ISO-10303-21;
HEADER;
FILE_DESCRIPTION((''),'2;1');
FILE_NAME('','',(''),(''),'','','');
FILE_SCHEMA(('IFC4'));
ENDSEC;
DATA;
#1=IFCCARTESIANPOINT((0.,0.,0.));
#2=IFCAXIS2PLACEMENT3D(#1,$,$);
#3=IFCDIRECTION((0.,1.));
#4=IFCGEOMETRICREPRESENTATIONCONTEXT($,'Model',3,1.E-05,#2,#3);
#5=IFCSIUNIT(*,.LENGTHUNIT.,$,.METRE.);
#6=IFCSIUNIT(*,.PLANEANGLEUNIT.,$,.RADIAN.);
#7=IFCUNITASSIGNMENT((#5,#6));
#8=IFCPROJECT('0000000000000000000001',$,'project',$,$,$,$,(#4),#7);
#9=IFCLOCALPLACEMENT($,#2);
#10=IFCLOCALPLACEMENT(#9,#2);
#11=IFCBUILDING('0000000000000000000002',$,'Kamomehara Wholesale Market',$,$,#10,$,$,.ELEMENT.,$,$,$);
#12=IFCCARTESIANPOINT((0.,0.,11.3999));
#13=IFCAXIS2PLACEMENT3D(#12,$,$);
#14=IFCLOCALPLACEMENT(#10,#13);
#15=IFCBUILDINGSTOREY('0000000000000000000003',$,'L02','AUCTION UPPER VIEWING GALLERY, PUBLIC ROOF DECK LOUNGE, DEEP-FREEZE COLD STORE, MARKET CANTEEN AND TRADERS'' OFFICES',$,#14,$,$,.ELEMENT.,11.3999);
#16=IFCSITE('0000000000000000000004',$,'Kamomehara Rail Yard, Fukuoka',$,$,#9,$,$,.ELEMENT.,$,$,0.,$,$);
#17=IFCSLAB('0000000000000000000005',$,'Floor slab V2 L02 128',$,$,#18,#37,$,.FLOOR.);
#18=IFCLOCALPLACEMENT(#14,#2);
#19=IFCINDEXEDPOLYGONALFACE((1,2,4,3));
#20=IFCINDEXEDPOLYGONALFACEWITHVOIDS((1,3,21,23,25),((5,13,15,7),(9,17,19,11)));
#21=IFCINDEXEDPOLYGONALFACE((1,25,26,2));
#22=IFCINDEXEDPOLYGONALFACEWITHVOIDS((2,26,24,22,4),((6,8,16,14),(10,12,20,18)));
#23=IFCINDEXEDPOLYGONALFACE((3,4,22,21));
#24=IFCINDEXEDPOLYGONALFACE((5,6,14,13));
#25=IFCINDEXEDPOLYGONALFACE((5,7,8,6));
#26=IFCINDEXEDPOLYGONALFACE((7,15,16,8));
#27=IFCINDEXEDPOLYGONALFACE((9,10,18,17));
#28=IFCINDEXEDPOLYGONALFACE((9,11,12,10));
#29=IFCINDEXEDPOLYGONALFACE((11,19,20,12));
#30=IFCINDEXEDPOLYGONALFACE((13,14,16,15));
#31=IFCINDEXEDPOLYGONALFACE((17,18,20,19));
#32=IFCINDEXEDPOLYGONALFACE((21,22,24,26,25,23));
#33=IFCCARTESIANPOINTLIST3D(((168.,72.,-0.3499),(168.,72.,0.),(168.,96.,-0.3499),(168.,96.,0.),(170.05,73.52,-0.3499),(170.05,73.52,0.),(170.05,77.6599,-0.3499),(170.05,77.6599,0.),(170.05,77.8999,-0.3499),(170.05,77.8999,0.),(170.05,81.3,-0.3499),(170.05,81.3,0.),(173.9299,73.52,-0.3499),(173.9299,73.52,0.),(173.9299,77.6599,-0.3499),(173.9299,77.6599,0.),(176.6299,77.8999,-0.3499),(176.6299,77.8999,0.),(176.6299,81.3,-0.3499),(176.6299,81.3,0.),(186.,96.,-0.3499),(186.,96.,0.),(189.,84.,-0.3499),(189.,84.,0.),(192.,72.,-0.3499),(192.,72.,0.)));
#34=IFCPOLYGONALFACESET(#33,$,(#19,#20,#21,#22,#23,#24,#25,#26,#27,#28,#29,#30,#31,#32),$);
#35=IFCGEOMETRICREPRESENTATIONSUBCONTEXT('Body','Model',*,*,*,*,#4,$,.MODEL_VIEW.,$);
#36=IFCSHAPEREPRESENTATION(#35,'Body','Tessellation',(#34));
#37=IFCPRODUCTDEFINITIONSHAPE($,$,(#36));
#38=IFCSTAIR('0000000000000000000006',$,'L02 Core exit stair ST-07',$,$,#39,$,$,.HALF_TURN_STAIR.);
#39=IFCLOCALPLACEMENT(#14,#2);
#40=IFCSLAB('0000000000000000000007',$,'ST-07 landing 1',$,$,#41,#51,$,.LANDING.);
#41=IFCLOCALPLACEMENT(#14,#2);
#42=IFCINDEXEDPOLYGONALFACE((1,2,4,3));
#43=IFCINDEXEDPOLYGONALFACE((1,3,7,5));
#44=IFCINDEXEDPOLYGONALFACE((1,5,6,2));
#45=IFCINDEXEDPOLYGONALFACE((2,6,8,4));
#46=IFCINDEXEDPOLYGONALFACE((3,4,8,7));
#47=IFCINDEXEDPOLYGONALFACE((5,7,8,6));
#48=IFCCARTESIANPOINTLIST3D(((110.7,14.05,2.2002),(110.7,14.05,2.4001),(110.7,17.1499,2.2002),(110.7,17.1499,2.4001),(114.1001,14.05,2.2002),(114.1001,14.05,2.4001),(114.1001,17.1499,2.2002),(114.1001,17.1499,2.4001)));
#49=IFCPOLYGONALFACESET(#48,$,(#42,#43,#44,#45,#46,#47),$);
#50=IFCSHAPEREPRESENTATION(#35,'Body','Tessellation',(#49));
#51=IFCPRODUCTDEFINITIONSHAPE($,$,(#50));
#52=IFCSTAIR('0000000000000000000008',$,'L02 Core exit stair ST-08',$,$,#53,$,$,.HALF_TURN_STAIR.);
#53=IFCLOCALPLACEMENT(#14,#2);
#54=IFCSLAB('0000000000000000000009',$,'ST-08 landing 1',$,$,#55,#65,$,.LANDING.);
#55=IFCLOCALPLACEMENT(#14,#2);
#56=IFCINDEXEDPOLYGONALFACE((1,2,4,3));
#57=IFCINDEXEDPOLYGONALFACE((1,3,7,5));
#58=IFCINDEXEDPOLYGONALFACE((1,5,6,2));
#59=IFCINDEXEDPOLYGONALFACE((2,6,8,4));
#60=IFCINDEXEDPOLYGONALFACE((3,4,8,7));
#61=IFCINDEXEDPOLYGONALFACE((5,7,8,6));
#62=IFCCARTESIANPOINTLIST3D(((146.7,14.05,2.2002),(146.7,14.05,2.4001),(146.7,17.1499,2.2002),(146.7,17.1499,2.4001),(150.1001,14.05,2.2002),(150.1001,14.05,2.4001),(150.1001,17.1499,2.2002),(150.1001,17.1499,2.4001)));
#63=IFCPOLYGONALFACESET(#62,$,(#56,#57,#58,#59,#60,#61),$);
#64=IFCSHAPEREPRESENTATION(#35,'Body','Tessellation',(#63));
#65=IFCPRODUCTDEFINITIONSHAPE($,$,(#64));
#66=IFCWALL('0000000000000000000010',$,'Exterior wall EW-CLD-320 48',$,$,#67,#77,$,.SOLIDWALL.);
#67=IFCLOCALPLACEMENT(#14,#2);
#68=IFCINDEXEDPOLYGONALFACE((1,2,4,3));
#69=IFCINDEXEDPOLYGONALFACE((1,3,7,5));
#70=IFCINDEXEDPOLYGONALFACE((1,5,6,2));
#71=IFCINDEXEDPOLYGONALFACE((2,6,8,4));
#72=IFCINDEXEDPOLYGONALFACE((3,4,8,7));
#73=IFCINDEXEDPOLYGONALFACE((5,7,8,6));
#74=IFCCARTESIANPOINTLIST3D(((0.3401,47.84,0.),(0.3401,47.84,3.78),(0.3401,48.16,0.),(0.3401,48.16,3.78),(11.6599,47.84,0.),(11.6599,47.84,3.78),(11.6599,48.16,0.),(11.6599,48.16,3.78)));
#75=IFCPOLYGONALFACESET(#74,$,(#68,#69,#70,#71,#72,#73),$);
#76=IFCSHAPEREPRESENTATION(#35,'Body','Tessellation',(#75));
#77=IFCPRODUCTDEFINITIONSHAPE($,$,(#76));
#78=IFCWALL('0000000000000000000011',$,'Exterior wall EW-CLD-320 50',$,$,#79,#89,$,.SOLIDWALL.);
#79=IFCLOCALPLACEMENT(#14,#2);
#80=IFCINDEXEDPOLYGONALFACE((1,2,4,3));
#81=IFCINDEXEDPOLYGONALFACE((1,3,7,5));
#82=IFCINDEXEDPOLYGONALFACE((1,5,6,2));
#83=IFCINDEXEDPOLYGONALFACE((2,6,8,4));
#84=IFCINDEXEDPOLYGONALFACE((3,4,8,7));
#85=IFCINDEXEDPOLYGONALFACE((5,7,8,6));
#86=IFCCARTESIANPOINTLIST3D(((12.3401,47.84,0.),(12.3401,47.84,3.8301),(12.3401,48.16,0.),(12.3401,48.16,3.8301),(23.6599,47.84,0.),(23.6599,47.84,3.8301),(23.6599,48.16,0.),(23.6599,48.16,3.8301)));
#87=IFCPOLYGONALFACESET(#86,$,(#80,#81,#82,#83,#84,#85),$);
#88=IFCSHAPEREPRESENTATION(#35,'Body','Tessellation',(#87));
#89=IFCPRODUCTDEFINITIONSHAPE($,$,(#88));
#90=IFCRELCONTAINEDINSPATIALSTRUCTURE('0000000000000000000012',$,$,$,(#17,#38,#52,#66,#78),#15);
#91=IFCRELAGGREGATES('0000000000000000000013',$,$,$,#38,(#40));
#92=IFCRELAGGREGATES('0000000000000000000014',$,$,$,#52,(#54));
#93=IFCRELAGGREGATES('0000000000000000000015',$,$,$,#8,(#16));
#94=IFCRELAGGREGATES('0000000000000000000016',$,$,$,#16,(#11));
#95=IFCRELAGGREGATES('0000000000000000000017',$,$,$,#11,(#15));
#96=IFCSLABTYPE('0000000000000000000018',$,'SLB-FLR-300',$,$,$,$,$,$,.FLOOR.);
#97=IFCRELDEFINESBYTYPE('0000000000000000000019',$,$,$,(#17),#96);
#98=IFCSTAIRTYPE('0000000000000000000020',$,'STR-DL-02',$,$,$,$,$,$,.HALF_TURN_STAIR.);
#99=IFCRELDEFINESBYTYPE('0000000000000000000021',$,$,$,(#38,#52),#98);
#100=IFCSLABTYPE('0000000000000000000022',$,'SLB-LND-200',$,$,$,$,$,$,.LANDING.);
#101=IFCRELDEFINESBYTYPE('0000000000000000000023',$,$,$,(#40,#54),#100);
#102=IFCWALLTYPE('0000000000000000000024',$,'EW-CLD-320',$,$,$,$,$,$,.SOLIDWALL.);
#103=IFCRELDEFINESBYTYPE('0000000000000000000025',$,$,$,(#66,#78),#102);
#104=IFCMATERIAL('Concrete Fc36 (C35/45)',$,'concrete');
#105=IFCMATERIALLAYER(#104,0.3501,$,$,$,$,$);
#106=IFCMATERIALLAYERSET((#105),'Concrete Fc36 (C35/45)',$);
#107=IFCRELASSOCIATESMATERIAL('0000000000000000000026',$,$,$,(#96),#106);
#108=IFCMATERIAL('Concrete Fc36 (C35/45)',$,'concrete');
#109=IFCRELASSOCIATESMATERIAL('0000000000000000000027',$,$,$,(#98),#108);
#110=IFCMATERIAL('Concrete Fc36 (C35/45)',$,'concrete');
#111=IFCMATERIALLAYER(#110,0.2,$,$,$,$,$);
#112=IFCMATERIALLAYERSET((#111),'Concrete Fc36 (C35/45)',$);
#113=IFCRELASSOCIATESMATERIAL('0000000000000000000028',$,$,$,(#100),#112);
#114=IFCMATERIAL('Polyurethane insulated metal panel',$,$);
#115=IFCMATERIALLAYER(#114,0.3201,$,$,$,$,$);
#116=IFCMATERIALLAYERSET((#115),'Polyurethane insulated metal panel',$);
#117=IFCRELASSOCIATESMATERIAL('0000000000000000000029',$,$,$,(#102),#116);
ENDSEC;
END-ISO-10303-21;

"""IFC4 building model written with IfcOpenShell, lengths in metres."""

from ifc_helpers import new_model, si_unit, direction, frame, frame_2d, origin, place, context, subcontext, project, spatial, polyline, rectangle, outline, extrude, material, layer, layer_set, type_object, element, aggregate, save


model = new_model("IFC4")

# Units and contexts
model_context = context("Model", 3, precision=1e-05, world=origin(), true_north=direction((0.0, 1.0)))
body_context = subcontext(model_context, "Body", "Model", "MODEL_VIEW")
ifc_project = project(units=[si_unit("LENGTHUNIT", "METRE"), si_unit("PLANEANGLEUNIT", "RADIAN")], contexts=[model_context])

# Site, building, storey
site_placement = place(None, origin())
site = spatial("IfcSite", under=ifc_project, at=site_placement, Name="Kamomehara Rail Yard, Fukuoka", CompositionType="ELEMENT", RefElevation=0.0)
building_placement = place(site_placement, origin())
building = spatial("IfcBuilding", under=site, at=building_placement, Name="Kamomehara Wholesale Market", CompositionType="ELEMENT")
storey_placement = place(building_placement, frame((0.0, 0.0, 11.3999)))
storey = spatial("IfcBuildingStorey", under=building, at=storey_placement, Name="L02", Description="AUCTION UPPER VIEWING GALLERY, PUBLIC ROOF DECK LOUNGE, DEEP-FREEZE COLD STORE, MARKET CANTEEN AND TRADERS' OFFICES", CompositionType="ELEMENT", Elevation=11.3999)

# Slab
ifc_material_1 = material(Name="Concrete Fc36 (C35/45)", Category="concrete")
ifc_layer_1 = layer(ifc_material_1, 0.3501)
ifc_layer_set_1 = layer_set([ifc_layer_1], Name="Concrete Fc36 (C35/45)")
slab_type_1 = type_object("IfcSlabType", Name="SLB-FLR-300", PredefinedType="FLOOR", material=ifc_layer_set_1)
slab_1_placement = place(storey_placement, frame((0.0, 0.0, -0.3499)))
element("IfcSlab", 1, at=slab_1_placement, inside=storey, type_object=slab_type_1, Name="Floor slab V2 L02 128", PredefinedType="FLOOR", context=body_context, shape_type="SweptSolid", body=[
    extrude(outline(polyline([(186.0, 96.0), (189.0, 84.0), (192.0, 72.0), (168.0, 72.0), (168.0, 96.0), (186.0, 96.0)]), holes=[polyline([(176.6299, 77.8999), (176.6299, 81.3), (170.05, 81.3), (170.05, 77.8999), (176.6299, 77.8999)]), polyline([(173.9299, 73.52), (173.9299, 77.6599), (170.05, 77.6599), (170.05, 73.52), (173.9299, 73.52)])]), origin(), (0.0, 0.0, 1.0), 0.3499),
])

# Stairs, slabs
ifc_material_2 = material(Name="Concrete Fc36 (C35/45)", Category="concrete")
stair_type = type_object("IfcStairType", Name="STR-DL-02", PredefinedType="HALF_TURN_STAIR", material=ifc_material_2)
stair_1_placement = place(storey_placement, origin())
stair_1 = element("IfcStair", 2, at=stair_1_placement, inside=storey, type_object=stair_type, Name="L02 Core exit stair ST-07", PredefinedType="HALF_TURN_STAIR")
ifc_material_3 = material(Name="Concrete Fc36 (C35/45)", Category="concrete")
ifc_layer_2 = layer(ifc_material_3, 0.2)
ifc_layer_set_2 = layer_set([ifc_layer_2], Name="Concrete Fc36 (C35/45)")
slab_type_2 = type_object("IfcSlabType", Name="SLB-LND-200", PredefinedType="LANDING", material=ifc_layer_set_2)
slab_2_placement = place(storey_placement, frame((0.0, 0.0, 2.2002)))
slab_2 = element("IfcSlab", 3, at=slab_2_placement, type_object=slab_type_2, Name="ST-07 landing 1", PredefinedType="LANDING", context=body_context, shape_type="SweptSolid", body=[
    extrude(outline(polyline([(110.7, 17.1499), (110.7, 14.05), (114.1001, 14.05), (114.1001, 17.1499), (110.7, 17.1499)])), origin(), (0.0, 0.0, 1.0), 0.2),
])
aggregate(stair_1, [slab_2])
stair_2_placement = place(storey_placement, origin())
stair_2 = element("IfcStair", 4, at=stair_2_placement, inside=storey, type_object=stair_type, Name="L02 Core exit stair ST-08", PredefinedType="HALF_TURN_STAIR")
slab_3_placement = place(storey_placement, frame((0.0, 0.0, 2.2002)))
slab_3 = element("IfcSlab", 5, at=slab_3_placement, type_object=slab_type_2, Name="ST-08 landing 1", PredefinedType="LANDING", context=body_context, shape_type="SweptSolid", body=[
    extrude(outline(polyline([(146.7, 17.1499), (146.7, 14.05), (150.1001, 14.05), (150.1001, 17.1499), (146.7, 17.1499)])), origin(), (0.0, 0.0, 1.0), 0.2),
])
aggregate(stair_2, [slab_3])

# Walls
ifc_material_4 = material(Name="Polyurethane insulated metal panel")
ifc_layer_3 = layer(ifc_material_4, 0.3201)
ifc_layer_set_3 = layer_set([ifc_layer_3], Name="Polyurethane insulated metal panel")
wall_type = type_object("IfcWallType", Name="EW-CLD-320", PredefinedType="SOLIDWALL", material=ifc_layer_set_3)
wall_1_placement = place(storey_placement, frame((11.6599, 48.0, 0.0), z_axis=(0.0, 0.0, 1.0), x_axis=(-1.0, 0.0, 0.0)))
element("IfcWall", 6, at=wall_1_placement, inside=storey, type_object=wall_type, Name="Exterior wall EW-CLD-320 48", PredefinedType="SOLIDWALL", context=body_context, shape_type="SweptSolid", body=[
    extrude(rectangle(XDim=11.3198, YDim=0.3201, at=frame_2d((5.6599, 0.0))), origin(), (0.0, 0.0, 1.0), 3.78),
])
wall_2_placement = place(storey_placement, frame((23.6599, 48.0, 0.0), z_axis=(0.0, 0.0, 1.0), x_axis=(-1.0, 0.0, 0.0)))
element("IfcWall", 7, at=wall_2_placement, inside=storey, type_object=wall_type, Name="Exterior wall EW-CLD-320 50", PredefinedType="SOLIDWALL", context=body_context, shape_type="SweptSolid", body=[
    extrude(rectangle(XDim=11.3198, YDim=0.3201, at=frame_2d((5.6599, 0.0))), origin(), (0.0, 0.0, 1.0), 3.8301),
])

save(model, "model.ifc")
